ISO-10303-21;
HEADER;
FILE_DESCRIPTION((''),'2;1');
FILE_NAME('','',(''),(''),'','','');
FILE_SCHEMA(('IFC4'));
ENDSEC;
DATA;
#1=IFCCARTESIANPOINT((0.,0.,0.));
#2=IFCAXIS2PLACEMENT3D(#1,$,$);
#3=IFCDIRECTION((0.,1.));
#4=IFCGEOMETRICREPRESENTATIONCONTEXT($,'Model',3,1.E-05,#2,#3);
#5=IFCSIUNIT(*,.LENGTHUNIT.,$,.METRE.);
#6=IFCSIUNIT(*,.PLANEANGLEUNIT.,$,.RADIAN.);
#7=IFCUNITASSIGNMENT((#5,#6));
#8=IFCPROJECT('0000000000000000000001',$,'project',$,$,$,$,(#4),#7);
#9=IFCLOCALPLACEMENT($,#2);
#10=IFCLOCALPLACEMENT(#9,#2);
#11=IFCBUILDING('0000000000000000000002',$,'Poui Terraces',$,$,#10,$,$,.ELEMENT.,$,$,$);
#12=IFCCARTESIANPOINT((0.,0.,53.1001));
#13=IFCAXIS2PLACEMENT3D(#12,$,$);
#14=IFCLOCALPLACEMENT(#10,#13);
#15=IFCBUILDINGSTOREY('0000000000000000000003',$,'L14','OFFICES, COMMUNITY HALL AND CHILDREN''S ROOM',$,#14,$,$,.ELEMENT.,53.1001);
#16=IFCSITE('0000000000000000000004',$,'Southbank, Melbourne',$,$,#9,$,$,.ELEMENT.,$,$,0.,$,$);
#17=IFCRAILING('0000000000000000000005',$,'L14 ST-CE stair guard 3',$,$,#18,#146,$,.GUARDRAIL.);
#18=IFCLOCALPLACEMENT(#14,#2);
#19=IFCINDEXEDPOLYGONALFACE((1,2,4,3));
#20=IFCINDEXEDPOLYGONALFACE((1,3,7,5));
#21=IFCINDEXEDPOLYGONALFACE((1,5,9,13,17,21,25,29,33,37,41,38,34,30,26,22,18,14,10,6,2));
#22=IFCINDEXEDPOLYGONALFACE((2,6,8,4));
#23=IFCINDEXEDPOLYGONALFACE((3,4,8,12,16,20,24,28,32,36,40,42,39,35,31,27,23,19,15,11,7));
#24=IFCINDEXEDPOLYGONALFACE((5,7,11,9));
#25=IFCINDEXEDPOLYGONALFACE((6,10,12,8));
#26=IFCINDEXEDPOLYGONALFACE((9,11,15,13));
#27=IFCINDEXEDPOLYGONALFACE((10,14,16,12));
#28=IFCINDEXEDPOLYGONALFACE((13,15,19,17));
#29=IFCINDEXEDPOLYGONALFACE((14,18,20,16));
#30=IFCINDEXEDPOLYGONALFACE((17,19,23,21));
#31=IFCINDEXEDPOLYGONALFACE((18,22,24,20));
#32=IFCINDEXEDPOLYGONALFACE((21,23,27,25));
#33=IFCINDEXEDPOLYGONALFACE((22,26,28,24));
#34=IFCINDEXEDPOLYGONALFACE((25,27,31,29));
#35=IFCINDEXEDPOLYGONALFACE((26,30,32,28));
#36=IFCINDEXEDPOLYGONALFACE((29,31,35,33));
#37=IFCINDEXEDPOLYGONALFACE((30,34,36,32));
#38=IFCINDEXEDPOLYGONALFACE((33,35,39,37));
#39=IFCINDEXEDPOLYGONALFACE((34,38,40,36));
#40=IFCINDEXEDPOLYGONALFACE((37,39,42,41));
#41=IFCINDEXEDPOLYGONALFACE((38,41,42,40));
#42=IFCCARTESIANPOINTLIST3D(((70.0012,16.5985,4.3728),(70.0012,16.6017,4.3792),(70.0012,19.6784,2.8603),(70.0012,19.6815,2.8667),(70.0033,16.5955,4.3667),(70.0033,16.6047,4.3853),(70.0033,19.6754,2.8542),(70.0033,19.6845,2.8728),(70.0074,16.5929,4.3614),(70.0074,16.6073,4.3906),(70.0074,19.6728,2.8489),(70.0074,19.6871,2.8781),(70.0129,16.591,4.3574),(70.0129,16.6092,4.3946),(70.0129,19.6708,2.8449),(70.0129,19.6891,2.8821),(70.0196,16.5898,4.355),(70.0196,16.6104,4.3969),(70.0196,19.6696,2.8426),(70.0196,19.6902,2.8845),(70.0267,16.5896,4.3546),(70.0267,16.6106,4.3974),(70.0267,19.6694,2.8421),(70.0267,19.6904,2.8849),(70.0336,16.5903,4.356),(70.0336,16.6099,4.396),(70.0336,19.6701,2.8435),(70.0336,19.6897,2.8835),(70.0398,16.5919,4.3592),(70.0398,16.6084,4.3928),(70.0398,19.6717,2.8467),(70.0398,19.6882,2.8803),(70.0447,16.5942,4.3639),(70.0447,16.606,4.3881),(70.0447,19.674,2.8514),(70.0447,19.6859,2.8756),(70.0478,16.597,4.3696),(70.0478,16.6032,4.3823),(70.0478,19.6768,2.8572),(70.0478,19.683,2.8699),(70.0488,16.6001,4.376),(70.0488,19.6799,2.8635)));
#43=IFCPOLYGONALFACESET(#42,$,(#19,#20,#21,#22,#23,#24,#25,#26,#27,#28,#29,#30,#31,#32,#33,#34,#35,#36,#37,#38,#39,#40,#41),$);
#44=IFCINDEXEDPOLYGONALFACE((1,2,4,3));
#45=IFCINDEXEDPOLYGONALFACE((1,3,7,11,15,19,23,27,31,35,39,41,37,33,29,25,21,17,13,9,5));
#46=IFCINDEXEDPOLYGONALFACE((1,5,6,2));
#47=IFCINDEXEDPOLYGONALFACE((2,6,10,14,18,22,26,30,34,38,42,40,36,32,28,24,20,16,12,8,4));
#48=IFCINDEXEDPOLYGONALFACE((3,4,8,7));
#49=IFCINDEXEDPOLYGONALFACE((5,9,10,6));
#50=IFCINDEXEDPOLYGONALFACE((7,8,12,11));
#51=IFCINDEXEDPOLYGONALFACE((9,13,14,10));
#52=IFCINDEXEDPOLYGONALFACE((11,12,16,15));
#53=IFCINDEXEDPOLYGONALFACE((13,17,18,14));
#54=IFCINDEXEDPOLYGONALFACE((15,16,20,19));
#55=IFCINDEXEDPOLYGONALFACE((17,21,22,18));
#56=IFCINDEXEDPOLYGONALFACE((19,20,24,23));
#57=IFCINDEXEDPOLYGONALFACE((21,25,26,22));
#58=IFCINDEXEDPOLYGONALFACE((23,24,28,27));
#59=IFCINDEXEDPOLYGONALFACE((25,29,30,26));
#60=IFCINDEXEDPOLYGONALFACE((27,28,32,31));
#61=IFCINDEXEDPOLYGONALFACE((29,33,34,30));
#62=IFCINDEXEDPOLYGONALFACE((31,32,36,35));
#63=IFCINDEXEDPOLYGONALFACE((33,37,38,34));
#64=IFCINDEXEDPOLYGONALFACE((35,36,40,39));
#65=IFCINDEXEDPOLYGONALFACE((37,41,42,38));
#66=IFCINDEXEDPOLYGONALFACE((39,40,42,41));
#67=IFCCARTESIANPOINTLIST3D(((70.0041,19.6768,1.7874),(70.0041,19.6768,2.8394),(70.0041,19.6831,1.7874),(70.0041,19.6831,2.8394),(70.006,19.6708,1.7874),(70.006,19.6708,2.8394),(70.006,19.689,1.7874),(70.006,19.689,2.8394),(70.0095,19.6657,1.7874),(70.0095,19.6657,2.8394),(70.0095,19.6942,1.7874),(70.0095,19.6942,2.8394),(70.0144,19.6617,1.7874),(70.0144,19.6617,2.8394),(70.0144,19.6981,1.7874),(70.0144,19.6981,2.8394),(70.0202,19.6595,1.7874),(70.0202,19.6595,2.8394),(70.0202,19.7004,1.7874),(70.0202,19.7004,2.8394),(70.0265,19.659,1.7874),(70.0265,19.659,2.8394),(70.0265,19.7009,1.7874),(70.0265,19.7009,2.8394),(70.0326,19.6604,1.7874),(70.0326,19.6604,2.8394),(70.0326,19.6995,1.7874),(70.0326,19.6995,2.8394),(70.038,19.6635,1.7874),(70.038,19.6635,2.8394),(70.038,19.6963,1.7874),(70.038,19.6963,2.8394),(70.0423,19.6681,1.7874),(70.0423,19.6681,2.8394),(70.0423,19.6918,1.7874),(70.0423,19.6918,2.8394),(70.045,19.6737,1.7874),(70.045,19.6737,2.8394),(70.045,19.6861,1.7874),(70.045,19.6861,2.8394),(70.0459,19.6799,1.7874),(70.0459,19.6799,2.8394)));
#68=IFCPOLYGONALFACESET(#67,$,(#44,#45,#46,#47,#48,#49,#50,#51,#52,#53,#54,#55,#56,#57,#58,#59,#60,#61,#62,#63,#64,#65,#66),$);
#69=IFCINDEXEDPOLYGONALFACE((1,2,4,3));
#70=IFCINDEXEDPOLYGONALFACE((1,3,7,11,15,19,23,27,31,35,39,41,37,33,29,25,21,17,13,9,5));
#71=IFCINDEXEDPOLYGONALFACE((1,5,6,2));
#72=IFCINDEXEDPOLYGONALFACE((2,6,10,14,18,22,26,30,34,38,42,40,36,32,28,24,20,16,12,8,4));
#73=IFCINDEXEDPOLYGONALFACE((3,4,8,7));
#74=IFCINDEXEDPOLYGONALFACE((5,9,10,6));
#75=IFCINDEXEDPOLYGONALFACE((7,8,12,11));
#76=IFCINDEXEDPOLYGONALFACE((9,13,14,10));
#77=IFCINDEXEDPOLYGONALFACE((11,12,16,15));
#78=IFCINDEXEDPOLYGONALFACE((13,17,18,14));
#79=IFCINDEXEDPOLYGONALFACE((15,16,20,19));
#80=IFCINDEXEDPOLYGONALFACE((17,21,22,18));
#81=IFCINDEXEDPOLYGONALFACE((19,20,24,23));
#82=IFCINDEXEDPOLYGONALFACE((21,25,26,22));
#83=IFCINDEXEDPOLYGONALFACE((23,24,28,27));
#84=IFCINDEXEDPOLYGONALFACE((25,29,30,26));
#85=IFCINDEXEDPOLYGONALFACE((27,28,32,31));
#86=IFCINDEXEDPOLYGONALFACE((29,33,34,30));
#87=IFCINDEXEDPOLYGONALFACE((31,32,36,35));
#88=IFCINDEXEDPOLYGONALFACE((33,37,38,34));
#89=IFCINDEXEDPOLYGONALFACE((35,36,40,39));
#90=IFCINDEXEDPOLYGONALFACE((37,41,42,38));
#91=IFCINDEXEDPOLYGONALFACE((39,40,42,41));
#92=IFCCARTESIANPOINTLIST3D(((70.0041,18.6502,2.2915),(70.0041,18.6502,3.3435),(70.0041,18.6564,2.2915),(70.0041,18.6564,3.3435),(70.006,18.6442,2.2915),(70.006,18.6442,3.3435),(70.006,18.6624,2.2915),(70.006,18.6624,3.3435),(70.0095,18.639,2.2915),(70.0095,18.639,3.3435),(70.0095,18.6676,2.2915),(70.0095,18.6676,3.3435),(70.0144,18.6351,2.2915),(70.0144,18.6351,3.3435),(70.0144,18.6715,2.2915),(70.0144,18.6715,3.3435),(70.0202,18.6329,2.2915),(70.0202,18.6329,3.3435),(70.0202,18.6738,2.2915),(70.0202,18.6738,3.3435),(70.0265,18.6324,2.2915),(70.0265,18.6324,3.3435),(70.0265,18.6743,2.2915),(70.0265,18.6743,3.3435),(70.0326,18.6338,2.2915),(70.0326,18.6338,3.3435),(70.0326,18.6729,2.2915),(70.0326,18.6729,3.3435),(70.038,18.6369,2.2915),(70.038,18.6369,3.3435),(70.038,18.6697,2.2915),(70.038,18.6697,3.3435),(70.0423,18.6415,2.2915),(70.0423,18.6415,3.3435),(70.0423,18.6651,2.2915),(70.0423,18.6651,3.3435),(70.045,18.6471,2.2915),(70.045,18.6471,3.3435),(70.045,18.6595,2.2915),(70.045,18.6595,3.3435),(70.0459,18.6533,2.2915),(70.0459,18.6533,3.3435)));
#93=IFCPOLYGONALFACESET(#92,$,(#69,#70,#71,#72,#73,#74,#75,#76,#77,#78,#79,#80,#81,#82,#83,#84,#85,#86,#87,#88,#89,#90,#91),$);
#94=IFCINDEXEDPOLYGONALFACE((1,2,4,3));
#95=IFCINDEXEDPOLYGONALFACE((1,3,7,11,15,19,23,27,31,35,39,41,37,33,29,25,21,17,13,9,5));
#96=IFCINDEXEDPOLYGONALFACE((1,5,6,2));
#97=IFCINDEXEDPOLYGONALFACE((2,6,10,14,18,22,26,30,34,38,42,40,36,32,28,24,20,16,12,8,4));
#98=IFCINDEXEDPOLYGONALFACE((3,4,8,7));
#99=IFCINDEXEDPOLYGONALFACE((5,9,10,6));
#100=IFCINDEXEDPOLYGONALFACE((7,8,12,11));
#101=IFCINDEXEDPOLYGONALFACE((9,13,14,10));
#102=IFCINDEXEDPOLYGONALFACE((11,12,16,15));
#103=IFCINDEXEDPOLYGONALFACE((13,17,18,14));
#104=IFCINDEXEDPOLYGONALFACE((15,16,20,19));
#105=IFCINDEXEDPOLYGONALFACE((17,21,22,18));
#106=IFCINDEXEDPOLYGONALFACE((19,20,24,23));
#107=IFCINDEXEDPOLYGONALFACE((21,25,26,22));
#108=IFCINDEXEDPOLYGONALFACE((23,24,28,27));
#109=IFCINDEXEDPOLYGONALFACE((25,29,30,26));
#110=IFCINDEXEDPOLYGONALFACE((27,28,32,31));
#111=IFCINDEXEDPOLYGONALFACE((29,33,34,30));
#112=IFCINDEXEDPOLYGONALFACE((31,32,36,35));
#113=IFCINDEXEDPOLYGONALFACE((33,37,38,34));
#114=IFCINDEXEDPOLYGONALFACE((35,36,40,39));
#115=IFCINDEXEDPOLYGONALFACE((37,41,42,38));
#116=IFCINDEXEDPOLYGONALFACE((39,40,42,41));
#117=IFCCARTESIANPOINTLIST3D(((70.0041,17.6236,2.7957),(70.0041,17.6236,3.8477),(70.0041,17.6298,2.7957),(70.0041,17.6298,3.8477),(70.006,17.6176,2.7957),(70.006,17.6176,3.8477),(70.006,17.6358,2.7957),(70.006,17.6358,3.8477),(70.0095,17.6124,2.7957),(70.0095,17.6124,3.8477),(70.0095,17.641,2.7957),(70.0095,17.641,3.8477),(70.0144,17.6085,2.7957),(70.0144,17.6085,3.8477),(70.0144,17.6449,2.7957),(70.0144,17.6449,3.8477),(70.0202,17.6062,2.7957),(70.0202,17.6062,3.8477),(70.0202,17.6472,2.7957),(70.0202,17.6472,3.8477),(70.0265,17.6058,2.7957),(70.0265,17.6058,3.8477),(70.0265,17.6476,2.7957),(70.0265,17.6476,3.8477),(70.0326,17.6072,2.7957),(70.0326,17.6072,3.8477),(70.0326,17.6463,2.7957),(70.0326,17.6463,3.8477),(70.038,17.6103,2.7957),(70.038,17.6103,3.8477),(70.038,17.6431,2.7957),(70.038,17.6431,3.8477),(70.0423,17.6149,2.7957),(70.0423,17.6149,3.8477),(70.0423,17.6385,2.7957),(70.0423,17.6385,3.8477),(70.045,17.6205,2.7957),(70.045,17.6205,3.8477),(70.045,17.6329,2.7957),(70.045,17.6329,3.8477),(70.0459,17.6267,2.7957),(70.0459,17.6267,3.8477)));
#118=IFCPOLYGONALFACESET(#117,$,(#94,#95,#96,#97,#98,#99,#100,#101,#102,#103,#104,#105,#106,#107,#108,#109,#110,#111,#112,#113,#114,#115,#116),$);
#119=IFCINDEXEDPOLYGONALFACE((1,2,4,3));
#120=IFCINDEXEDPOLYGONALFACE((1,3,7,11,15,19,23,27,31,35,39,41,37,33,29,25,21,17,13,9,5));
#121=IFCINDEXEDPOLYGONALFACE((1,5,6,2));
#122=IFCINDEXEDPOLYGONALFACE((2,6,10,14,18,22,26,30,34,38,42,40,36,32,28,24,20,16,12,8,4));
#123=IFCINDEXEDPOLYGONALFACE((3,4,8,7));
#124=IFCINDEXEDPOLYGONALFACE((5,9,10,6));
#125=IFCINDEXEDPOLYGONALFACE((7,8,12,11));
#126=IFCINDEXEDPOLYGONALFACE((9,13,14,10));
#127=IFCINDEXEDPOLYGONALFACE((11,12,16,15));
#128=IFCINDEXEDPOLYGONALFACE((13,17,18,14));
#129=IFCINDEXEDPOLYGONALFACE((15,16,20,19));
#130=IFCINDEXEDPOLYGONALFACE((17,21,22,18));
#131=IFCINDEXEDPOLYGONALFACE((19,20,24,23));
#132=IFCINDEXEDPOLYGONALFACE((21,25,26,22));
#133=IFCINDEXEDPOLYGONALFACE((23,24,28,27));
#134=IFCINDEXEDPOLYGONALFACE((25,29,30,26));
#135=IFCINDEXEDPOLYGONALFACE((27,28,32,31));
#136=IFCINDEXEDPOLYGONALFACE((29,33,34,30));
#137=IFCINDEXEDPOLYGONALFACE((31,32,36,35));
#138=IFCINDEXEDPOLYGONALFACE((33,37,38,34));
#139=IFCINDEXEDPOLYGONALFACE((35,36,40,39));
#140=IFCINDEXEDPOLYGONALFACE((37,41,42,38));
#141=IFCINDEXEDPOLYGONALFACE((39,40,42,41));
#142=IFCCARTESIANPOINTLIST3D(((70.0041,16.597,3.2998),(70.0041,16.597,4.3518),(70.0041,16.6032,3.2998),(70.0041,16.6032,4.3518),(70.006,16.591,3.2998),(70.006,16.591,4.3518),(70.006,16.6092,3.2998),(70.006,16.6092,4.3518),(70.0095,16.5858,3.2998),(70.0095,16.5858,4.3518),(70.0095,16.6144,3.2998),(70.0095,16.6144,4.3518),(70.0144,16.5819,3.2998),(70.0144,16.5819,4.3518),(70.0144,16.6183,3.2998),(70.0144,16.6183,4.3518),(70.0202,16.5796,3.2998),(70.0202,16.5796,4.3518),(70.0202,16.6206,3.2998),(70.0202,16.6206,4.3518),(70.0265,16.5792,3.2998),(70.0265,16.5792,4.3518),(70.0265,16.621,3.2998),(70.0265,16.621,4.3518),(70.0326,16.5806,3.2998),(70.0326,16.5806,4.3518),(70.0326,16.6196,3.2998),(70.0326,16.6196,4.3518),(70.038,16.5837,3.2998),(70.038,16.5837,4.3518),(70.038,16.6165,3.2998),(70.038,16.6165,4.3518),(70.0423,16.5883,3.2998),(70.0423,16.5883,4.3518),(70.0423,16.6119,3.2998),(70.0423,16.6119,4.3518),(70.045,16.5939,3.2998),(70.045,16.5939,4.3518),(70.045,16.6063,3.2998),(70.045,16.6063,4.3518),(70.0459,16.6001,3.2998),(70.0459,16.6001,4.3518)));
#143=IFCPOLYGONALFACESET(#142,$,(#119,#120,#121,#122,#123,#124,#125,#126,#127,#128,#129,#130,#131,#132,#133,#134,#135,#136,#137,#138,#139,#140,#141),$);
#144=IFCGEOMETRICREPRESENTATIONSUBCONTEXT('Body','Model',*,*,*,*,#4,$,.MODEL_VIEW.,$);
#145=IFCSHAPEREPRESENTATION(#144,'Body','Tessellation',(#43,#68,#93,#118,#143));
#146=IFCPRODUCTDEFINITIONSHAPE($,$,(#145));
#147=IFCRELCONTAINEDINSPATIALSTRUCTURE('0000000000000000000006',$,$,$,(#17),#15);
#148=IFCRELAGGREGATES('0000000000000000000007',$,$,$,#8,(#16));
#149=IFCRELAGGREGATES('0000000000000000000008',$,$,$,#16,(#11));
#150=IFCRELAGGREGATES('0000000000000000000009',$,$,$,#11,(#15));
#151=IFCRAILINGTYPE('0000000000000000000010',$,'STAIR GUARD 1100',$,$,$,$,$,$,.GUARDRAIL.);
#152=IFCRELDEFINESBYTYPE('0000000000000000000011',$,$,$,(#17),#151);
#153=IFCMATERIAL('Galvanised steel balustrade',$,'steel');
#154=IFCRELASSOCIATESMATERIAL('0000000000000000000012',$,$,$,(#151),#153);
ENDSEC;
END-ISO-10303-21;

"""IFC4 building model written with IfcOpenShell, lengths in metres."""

from ifc_helpers import new_model, si_unit, direction, frame, origin, origin_2d, place, context, subcontext, project, spatial, circle, extrude, material, type_object, element, save


model = new_model("IFC4")

# Units and contexts
model_context = context("Model", 3, precision=1e-05, world=origin(), true_north=direction((0.0, 1.0)))
body_context = subcontext(model_context, "Body", "Model", "MODEL_VIEW")
ifc_project = project(units=[si_unit("LENGTHUNIT", "METRE"), si_unit("PLANEANGLEUNIT", "RADIAN")], contexts=[model_context])

# Site, building, storey
site_placement = place(None, origin())
site = spatial("IfcSite", under=ifc_project, at=site_placement, Name="Southbank, Melbourne", CompositionType="ELEMENT", RefElevation=0.0)
building_placement = place(site_placement, origin())
building = spatial("IfcBuilding", under=site, at=building_placement, Name="Poui Terraces", CompositionType="ELEMENT")
storey_placement = place(building_placement, frame((0.0, 0.0, 53.1001)))
storey = spatial("IfcBuildingStorey", under=building, at=storey_placement, Name="L14", Description="OFFICES, COMMUNITY HALL AND CHILDREN'S ROOM", CompositionType="ELEMENT", Elevation=53.1001)

# Railing
ifc_material_1 = material(Name="Galvanised steel balustrade", Category="steel")
railing_type_1 = type_object("IfcRailingType", Name="STAIR GUARD 1100", PredefinedType="GUARDRAIL", material=ifc_material_1)
railing_1_placement = place(storey_placement, frame((70.0249, 19.6799, 1.7874)))
element("IfcRailing", 1, at=railing_1_placement, inside=storey, type_object=railing_type_1, Name="L14 ST-CE stair guard 3", PredefinedType="GUARDRAIL", context=body_context, shape_type="SweptSolid", body=[
    extrude(circle(Radius=0.0239, at=origin_2d()), frame((0.0, 0.0, 1.0762), z_axis=(0.0, -0.897606, 0.440798), x_axis=(1.0, 0.0, 0.0)), (0.0, 0.0, 1.0), 3.4312),
    extrude(circle(Radius=0.021, at=origin_2d()), origin(), (0.0, 0.0, 1.0), 1.052),
    extrude(circle(Radius=0.021, at=origin_2d()), frame((0.0, -1.0266, 0.5042)), (0.0, 0.0, 1.0), 1.052),
    extrude(circle(Radius=0.021, at=origin_2d()), frame((0.0, -2.0532, 1.0083)), (0.0, 0.0, 1.0), 1.052),
    extrude(circle(Radius=0.021, at=origin_2d()), frame((0.0, -3.0798, 1.5125)), (0.0, 0.0, 1.0), 1.052),
])

save(model, "model.ifc")
